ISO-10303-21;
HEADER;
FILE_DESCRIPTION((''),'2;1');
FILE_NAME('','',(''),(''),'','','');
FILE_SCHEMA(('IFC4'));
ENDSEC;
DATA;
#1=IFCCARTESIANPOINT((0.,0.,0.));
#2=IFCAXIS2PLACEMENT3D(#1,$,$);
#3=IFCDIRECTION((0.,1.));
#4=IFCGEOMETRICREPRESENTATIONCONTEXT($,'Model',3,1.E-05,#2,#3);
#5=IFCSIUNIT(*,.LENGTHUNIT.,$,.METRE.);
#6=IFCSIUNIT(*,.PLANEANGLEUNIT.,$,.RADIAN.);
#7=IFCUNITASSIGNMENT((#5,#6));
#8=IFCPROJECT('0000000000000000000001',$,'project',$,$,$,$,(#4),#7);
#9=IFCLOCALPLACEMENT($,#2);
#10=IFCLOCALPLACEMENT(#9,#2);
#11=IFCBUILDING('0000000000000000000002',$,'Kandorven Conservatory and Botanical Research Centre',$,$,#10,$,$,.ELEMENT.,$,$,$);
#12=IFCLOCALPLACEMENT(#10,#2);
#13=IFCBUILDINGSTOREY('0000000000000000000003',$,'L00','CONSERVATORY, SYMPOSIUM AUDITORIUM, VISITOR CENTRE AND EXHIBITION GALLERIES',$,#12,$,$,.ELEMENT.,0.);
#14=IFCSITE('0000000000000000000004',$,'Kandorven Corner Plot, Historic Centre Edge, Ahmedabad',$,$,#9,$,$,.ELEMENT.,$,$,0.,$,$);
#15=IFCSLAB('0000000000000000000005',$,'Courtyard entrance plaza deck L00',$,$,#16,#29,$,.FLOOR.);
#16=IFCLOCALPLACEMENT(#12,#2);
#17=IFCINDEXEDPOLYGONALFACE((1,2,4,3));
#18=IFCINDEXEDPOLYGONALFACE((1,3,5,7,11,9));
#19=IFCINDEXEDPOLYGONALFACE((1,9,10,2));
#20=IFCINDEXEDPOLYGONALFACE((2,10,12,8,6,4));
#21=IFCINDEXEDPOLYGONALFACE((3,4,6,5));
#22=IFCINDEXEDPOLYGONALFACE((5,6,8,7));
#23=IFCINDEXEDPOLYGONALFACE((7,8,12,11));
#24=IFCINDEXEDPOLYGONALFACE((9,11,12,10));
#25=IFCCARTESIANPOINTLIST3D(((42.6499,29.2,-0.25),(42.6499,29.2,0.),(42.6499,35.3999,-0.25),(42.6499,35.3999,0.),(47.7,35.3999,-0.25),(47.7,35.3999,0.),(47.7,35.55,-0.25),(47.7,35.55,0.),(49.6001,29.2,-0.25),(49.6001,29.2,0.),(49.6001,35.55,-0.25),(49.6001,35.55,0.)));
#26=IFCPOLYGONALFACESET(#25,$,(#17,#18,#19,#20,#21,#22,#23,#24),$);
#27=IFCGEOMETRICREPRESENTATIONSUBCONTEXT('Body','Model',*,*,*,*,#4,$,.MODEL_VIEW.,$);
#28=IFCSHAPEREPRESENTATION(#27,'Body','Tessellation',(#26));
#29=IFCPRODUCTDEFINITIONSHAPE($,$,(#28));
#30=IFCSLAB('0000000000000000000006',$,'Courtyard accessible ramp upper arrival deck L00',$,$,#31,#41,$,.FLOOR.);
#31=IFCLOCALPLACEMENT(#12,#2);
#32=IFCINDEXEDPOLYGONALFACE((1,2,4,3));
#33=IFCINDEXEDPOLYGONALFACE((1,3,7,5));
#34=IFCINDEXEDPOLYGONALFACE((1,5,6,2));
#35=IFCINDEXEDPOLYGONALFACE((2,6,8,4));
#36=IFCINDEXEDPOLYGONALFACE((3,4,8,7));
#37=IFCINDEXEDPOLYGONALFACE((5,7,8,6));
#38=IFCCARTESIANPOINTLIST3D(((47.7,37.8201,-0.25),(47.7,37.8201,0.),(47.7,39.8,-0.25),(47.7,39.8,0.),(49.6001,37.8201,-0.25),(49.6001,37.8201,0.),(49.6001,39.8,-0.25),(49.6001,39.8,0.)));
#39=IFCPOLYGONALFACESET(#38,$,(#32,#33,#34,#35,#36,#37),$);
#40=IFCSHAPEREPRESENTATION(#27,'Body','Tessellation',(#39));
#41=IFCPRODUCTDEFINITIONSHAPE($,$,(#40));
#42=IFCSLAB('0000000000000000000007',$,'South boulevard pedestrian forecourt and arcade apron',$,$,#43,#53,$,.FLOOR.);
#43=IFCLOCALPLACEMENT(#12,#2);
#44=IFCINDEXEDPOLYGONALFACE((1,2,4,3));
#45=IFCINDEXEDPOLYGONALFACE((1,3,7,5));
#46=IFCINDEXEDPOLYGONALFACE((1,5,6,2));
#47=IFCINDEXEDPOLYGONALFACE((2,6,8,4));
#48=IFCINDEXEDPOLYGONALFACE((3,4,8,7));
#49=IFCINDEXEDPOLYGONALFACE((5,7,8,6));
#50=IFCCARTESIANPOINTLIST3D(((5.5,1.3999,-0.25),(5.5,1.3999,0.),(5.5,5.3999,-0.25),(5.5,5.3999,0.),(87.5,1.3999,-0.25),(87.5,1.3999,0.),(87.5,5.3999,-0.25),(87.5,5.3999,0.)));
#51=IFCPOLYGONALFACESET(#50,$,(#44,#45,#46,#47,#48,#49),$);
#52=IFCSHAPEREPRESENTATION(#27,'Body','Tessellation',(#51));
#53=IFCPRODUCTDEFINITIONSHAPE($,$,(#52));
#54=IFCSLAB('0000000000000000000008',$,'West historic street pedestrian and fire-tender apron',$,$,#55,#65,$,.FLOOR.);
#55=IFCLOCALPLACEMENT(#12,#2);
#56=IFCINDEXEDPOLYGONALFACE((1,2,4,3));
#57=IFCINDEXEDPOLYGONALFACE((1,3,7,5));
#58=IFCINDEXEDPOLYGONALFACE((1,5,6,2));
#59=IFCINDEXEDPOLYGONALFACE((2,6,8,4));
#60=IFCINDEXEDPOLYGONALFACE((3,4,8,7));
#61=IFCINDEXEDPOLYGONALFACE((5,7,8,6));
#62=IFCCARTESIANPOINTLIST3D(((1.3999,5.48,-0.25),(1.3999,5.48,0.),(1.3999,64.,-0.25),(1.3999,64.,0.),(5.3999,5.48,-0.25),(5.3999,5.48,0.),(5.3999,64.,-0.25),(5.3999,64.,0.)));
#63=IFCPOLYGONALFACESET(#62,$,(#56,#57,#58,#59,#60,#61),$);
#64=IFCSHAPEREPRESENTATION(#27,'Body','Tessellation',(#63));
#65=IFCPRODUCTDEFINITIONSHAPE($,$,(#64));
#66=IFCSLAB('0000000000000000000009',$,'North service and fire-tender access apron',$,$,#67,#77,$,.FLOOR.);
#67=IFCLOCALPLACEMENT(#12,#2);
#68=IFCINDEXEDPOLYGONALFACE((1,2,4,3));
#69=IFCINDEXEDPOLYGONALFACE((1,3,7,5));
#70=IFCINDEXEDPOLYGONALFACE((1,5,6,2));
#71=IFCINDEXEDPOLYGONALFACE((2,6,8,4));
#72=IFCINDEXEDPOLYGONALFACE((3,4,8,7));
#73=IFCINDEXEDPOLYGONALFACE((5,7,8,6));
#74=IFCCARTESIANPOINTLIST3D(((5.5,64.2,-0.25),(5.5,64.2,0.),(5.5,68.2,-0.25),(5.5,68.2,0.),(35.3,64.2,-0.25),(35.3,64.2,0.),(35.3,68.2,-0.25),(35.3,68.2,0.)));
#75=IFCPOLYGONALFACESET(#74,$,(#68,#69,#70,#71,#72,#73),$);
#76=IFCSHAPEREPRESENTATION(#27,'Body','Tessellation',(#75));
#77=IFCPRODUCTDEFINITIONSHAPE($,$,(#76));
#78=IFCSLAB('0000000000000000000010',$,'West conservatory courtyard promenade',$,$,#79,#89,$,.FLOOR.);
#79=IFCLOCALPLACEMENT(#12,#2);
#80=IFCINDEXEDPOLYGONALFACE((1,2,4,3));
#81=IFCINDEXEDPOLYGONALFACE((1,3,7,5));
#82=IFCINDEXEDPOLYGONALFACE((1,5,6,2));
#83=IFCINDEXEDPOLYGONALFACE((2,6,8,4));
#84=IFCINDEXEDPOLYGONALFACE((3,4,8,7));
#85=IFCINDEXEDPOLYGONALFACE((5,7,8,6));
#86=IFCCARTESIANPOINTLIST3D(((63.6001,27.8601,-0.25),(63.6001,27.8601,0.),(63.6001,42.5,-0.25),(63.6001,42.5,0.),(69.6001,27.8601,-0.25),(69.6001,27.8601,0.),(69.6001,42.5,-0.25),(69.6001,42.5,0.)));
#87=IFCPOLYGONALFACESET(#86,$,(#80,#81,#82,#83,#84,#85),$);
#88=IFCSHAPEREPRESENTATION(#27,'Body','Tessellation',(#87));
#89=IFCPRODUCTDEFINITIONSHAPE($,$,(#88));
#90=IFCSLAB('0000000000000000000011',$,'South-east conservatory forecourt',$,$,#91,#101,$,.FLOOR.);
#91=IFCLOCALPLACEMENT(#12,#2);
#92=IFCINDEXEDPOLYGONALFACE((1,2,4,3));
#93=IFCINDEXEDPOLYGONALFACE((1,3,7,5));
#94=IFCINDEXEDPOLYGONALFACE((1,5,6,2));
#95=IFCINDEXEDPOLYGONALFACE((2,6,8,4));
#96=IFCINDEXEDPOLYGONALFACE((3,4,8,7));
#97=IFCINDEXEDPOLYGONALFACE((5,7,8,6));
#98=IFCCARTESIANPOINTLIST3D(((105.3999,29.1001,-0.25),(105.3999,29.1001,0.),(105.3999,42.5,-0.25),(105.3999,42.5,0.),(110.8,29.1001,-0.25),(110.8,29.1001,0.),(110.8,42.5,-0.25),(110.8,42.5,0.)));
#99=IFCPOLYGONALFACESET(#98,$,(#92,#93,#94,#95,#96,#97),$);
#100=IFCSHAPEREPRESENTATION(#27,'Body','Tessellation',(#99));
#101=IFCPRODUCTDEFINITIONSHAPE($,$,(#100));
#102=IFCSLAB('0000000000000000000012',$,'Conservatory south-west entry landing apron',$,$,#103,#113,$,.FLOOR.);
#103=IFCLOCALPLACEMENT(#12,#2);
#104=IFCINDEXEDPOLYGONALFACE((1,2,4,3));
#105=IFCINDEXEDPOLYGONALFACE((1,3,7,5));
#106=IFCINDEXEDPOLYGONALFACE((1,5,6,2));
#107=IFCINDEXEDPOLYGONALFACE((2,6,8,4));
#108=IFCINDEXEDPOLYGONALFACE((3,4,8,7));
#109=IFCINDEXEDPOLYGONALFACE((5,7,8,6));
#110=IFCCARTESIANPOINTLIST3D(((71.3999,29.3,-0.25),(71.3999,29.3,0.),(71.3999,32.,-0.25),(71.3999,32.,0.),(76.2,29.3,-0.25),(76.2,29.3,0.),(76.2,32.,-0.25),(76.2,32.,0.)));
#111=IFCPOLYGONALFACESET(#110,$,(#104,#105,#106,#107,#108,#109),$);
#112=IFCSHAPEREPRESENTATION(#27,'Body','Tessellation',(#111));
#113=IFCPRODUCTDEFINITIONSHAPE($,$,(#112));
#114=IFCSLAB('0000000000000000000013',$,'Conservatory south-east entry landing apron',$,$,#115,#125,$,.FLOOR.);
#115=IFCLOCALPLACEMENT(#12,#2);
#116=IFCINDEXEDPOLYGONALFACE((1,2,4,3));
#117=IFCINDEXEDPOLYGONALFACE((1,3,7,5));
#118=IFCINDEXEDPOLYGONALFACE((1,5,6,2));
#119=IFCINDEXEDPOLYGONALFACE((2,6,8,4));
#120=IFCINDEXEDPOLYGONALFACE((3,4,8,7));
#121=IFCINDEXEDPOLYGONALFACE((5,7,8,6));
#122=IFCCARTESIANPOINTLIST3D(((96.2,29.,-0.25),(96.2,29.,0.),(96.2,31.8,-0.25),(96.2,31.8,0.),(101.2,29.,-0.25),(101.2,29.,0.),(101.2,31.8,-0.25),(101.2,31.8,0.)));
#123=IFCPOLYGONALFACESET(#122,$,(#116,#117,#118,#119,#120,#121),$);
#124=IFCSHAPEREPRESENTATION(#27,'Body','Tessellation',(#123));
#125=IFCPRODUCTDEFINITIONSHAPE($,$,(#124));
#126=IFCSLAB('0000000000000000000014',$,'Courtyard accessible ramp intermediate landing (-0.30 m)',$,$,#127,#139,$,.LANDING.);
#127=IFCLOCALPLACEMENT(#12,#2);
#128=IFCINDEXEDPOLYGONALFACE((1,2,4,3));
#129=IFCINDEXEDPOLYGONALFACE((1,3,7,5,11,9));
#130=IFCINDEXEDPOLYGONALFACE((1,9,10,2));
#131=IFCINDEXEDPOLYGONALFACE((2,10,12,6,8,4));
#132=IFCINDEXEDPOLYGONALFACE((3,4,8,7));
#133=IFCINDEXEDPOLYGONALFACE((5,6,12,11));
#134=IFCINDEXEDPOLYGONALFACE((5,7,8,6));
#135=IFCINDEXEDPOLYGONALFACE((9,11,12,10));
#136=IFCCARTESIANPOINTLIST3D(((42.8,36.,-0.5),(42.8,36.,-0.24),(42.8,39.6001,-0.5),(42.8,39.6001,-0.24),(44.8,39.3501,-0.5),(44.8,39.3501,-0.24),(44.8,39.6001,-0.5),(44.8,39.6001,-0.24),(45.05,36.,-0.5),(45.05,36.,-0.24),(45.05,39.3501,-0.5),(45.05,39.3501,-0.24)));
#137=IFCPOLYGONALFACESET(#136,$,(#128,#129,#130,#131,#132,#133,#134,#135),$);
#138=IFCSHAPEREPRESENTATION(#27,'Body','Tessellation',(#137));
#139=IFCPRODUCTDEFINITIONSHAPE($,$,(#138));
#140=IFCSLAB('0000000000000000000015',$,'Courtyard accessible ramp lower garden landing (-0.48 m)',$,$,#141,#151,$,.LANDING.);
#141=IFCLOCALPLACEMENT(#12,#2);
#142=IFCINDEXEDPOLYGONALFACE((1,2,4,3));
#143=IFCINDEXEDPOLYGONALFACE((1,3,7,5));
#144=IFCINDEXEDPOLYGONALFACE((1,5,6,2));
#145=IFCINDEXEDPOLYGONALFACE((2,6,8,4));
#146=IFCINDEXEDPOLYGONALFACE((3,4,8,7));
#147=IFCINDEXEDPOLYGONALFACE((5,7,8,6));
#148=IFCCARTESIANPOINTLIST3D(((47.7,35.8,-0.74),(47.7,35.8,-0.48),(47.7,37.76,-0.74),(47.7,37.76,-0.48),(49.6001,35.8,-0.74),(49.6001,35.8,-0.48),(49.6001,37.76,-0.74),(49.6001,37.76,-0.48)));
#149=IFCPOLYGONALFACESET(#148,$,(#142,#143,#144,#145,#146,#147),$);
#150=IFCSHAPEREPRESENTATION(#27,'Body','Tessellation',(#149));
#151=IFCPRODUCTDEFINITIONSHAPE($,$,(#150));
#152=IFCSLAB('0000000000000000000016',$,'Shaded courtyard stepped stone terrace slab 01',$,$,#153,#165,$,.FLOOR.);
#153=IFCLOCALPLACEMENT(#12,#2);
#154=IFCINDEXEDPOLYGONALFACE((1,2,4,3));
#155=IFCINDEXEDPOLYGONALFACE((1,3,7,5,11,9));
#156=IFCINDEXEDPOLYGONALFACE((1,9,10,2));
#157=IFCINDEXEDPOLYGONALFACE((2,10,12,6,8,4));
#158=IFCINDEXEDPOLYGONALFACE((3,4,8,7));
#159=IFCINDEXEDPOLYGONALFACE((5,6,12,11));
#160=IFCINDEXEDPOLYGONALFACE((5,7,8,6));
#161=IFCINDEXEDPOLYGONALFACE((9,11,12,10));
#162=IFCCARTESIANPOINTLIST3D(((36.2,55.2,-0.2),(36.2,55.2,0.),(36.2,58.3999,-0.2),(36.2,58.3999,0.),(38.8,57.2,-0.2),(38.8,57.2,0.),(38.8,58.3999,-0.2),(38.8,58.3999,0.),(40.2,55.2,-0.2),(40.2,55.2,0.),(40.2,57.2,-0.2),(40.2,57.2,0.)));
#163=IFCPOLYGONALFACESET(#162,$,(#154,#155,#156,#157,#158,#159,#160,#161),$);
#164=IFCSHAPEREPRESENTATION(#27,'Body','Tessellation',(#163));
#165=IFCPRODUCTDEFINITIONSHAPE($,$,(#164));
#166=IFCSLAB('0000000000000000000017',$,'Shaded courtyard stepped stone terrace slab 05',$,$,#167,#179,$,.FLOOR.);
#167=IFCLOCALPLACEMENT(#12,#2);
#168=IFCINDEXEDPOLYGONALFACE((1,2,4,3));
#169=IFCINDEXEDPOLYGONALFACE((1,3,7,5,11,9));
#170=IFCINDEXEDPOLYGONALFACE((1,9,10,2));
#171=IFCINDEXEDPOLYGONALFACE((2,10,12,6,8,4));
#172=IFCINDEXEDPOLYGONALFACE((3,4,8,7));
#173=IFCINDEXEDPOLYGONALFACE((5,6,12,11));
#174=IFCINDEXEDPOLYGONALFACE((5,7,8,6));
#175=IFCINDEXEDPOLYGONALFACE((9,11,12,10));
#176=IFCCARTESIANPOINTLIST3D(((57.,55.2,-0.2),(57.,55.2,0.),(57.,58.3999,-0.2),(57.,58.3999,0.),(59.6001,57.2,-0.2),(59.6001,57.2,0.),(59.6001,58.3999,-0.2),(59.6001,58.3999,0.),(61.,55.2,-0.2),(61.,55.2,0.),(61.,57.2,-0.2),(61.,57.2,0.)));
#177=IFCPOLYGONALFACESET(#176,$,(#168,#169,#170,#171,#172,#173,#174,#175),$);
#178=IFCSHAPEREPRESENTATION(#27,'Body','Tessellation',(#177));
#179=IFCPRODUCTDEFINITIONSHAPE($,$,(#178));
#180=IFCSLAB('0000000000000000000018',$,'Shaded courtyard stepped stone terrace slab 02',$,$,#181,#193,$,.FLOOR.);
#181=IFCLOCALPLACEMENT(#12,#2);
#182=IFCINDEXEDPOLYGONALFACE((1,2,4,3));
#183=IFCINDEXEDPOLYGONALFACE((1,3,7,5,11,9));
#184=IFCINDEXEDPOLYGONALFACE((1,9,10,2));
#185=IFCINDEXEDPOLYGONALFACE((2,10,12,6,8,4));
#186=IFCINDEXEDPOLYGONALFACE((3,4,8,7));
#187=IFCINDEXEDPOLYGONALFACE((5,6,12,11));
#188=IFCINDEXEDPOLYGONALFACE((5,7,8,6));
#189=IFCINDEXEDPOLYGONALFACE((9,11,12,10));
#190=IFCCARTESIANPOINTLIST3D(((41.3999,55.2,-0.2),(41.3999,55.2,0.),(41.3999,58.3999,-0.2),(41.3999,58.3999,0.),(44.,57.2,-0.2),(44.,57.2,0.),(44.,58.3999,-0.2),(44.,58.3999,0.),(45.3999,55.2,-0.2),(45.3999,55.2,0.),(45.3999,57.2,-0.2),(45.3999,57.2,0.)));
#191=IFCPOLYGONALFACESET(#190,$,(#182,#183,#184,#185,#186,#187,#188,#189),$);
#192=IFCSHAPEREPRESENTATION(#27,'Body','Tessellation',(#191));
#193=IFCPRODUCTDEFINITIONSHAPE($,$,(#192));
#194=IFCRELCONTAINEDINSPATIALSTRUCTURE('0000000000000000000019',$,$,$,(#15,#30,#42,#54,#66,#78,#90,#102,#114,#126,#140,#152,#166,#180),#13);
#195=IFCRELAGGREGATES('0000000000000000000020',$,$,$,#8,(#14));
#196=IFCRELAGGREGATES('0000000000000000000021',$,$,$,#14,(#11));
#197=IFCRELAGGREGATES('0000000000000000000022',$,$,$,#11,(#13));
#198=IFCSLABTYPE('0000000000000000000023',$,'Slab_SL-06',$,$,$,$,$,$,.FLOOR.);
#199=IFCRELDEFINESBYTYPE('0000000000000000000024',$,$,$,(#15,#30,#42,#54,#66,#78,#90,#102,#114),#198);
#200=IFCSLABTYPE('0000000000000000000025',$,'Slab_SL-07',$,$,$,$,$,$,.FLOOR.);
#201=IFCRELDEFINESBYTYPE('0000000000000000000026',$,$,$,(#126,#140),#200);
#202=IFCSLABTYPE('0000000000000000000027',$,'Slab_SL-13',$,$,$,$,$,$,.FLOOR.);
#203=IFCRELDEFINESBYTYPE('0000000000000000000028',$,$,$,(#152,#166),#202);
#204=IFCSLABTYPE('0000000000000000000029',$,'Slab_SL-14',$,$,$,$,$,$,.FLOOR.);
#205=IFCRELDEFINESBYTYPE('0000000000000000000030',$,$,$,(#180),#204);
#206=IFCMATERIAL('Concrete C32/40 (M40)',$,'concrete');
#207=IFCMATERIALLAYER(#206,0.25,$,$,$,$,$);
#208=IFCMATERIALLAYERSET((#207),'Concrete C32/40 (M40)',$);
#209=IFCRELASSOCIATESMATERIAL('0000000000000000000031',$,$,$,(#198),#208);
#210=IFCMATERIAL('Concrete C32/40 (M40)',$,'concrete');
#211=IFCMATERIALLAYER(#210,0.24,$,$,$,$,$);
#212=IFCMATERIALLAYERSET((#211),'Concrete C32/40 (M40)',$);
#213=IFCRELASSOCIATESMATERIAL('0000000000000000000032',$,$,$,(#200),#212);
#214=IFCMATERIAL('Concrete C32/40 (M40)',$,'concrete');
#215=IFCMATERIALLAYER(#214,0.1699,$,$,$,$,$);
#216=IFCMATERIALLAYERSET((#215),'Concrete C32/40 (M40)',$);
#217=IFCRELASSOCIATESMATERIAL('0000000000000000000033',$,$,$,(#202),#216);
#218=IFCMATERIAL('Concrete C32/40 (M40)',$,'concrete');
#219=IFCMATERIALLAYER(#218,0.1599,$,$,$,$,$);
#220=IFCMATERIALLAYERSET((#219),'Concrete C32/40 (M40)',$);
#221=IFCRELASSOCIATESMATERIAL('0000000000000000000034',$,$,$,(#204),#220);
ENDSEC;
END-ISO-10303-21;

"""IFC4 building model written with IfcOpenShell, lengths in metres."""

from ifc_helpers import new_model, si_unit, direction, frame, origin, place, context, subcontext, project, spatial, polyline, outline, extrude, material, layer, layer_set, type_object, element, save


model = new_model("IFC4")

# Units and contexts
model_context = context("Model", 3, precision=1e-05, world=origin(), true_north=direction((0.0, 1.0)))
body_context = subcontext(model_context, "Body", "Model", "MODEL_VIEW")
ifc_project = project(units=[si_unit("LENGTHUNIT", "METRE"), si_unit("PLANEANGLEUNIT", "RADIAN")], contexts=[model_context])

# Site, building, storey
site_placement = place(None, origin())
site = spatial("IfcSite", under=ifc_project, at=site_placement, Name="Kandorven Corner Plot, Historic Centre Edge, Ahmedabad", CompositionType="ELEMENT", RefElevation=0.0)
building_placement = place(site_placement, origin())
building = spatial("IfcBuilding", under=site, at=building_placement, Name="Kandorven Conservatory and Botanical Research Centre", CompositionType="ELEMENT")
storey_placement = place(building_placement, origin())
storey = spatial("IfcBuildingStorey", under=building, at=storey_placement, Name="L00", Description="CONSERVATORY, SYMPOSIUM AUDITORIUM, VISITOR CENTRE AND EXHIBITION GALLERIES", CompositionType="ELEMENT", Elevation=0.0)

# Slabs
ifc_material_1 = material(Name="Concrete C32/40 (M40)", Category="concrete")
ifc_layer_1 = layer(ifc_material_1, 0.25)
ifc_layer_set_1 = layer_set([ifc_layer_1], Name="Concrete C32/40 (M40)")
slab_type_1 = type_object("IfcSlabType", Name="Slab_SL-06", PredefinedType="FLOOR", material=ifc_layer_set_1)
slab_1_placement = place(storey_placement, frame((0.0, 0.0, -0.25)))
element("IfcSlab", 1, at=slab_1_placement, inside=storey, type_object=slab_type_1, Name="Courtyard entrance plaza deck L00", PredefinedType="FLOOR", context=body_context, shape_type="SweptSolid", body=[
    extrude(outline(polyline([(42.6499, 29.2), (49.6001, 29.2), (49.6001, 35.55), (47.7, 35.55), (47.7, 35.3999), (42.6499, 35.3999), (42.6499, 29.2)])), origin(), (0.0, 0.0, 1.0), 0.25),
])
slab_2_placement = place(storey_placement, frame((0.0, 0.0, -0.25)))
element("IfcSlab", 2, at=slab_2_placement, inside=storey, type_object=slab_type_1, Name="Courtyard accessible ramp upper arrival deck L00", PredefinedType="FLOOR", context=body_context, shape_type="SweptSolid", body=[
    extrude(outline(polyline([(47.7, 37.8201), (49.6001, 37.8201), (49.6001, 39.8), (47.7, 39.8), (47.7, 37.8201)])), origin(), (0.0, 0.0, 1.0), 0.25),
])
slab_3_placement = place(storey_placement, frame((0.0, 0.0, -0.25)))
element("IfcSlab", 3, at=slab_3_placement, inside=storey, type_object=slab_type_1, Name="South boulevard pedestrian forecourt and arcade apron", PredefinedType="FLOOR", context=body_context, shape_type="SweptSolid", body=[
    extrude(outline(polyline([(5.5, 1.3999), (87.5, 1.3999), (87.5, 5.3999), (5.5, 5.3999), (5.5, 1.3999)])), origin(), (0.0, 0.0, 1.0), 0.25),
])
slab_4_placement = place(storey_placement, frame((0.0, 0.0, -0.25)))
element("IfcSlab", 4, at=slab_4_placement, inside=storey, type_object=slab_type_1, Name="West historic street pedestrian and fire-tender apron", PredefinedType="FLOOR", context=body_context, shape_type="SweptSolid", body=[
    extrude(outline(polyline([(1.3999, 5.48), (5.3999, 5.48), (5.3999, 64.0), (1.3999, 64.0), (1.3999, 5.48)])), origin(), (0.0, 0.0, 1.0), 0.25),
])
slab_5_placement = place(storey_placement, frame((0.0, 0.0, -0.25)))
element("IfcSlab", 5, at=slab_5_placement, inside=storey, type_object=slab_type_1, Name="North service and fire-tender access apron", PredefinedType="FLOOR", context=body_context, shape_type="SweptSolid", body=[
    extrude(outline(polyline([(5.5, 64.2), (35.3, 64.2), (35.3, 68.2), (5.5, 68.2), (5.5, 64.2)])), origin(), (0.0, 0.0, 1.0), 0.25),
])
slab_6_placement = place(storey_placement, frame((0.0, 0.0, -0.25)))
element("IfcSlab", 6, at=slab_6_placement, inside=storey, type_object=slab_type_1, Name="West conservatory courtyard promenade", PredefinedType="FLOOR", context=body_context, shape_type="SweptSolid", body=[
    extrude(outline(polyline([(63.6001, 27.8601), (69.6001, 27.8601), (69.6001, 42.5), (63.6001, 42.5), (63.6001, 27.8601)])), origin(), (0.0, 0.0, 1.0), 0.25),
])
slab_7_placement = place(storey_placement, frame((0.0, 0.0, -0.25)))
element("IfcSlab", 7, at=slab_7_placement, inside=storey, type_object=slab_type_1, Name="South-east conservatory forecourt", PredefinedType="FLOOR", context=body_context, shape_type="SweptSolid", body=[
    extrude(outline(polyline([(105.3999, 29.1001), (110.8, 29.1001), (110.8, 42.5), (105.3999, 42.5), (105.3999, 29.1001)])), origin(), (0.0, 0.0, 1.0), 0.25),
])
slab_8_placement = place(storey_placement, frame((0.0, 0.0, -0.25)))
element("IfcSlab", 8, at=slab_8_placement, inside=storey, type_object=slab_type_1, Name="Conservatory south-west entry landing apron", PredefinedType="FLOOR", context=body_context, shape_type="SweptSolid", body=[
    extrude(outline(polyline([(71.3999, 29.3), (76.2, 29.3), (76.2, 32.0), (71.3999, 32.0), (71.3999, 29.3)])), origin(), (0.0, 0.0, 1.0), 0.25),
])
slab_9_placement = place(storey_placement, frame((0.0, 0.0, -0.25)))
element("IfcSlab", 9, at=slab_9_placement, inside=storey, type_object=slab_type_1, Name="Conservatory south-east entry landing apron", PredefinedType="FLOOR", context=body_context, shape_type="SweptSolid", body=[
    extrude(outline(polyline([(96.2, 29.0), (101.2, 29.0), (101.2, 31.8), (96.2, 31.8), (96.2, 29.0)])), origin(), (0.0, 0.0, 1.0), 0.25),
])
ifc_material_2 = material(Name="Concrete C32/40 (M40)", Category="concrete")
ifc_layer_2 = layer(ifc_material_2, 0.24)
ifc_layer_set_2 = layer_set([ifc_layer_2], Name="Concrete C32/40 (M40)")
slab_type_2 = type_object("IfcSlabType", Name="Slab_SL-07", PredefinedType="FLOOR", material=ifc_layer_set_2)
slab_10_placement = place(storey_placement, frame((0.0, 0.0, -0.5)))
element("IfcSlab", 10, at=slab_10_placement, inside=storey, type_object=slab_type_2, Name="Courtyard accessible ramp intermediate landing (-0.30 m)", PredefinedType="LANDING", context=body_context, shape_type="SweptSolid", body=[
    extrude(outline(polyline([(42.8, 36.0), (45.05, 36.0), (45.05, 39.3501), (44.8, 39.3501), (44.8, 39.6001), (42.8, 39.6001), (42.8, 36.0)])), origin(), (0.0, 0.0, 1.0), 0.26),
])
slab_11_placement = place(storey_placement, frame((0.0, 0.0, -0.74)))
element("IfcSlab", 11, at=slab_11_placement, inside=storey, type_object=slab_type_2, Name="Courtyard accessible ramp lower garden landing (-0.48 m)", PredefinedType="LANDING", context=body_context, shape_type="SweptSolid", body=[
    extrude(outline(polyline([(47.7, 35.8), (49.6001, 35.8), (49.6001, 37.76), (47.7, 37.76), (47.7, 35.8)])), origin(), (0.0, 0.0, 1.0), 0.26),
])
ifc_material_3 = material(Name="Concrete C32/40 (M40)", Category="concrete")
ifc_layer_3 = layer(ifc_material_3, 0.1699)
ifc_layer_set_3 = layer_set([ifc_layer_3], Name="Concrete C32/40 (M40)")
slab_type_3 = type_object("IfcSlabType", Name="Slab_SL-13", PredefinedType="FLOOR", material=ifc_layer_set_3)
slab_12_placement = place(storey_placement, frame((0.0, 0.0, -0.2)))
element("IfcSlab", 12, at=slab_12_placement, inside=storey, type_object=slab_type_3, Name="Shaded courtyard stepped stone terrace slab 01", PredefinedType="FLOOR", context=body_context, shape_type="SweptSolid", body=[
    extrude(outline(polyline([(36.2, 55.2), (40.2, 55.2), (40.2, 57.2), (38.8, 57.2), (38.8, 58.3999), (36.2, 58.3999), (36.2, 55.2)])), origin(), (0.0, 0.0, 1.0), 0.2),
])
slab_13_placement = place(storey_placement, frame((0.0, 0.0, -0.2)))
element("IfcSlab", 13, at=slab_13_placement, inside=storey, type_object=slab_type_3, Name="Shaded courtyard stepped stone terrace slab 05", PredefinedType="FLOOR", context=body_context, shape_type="SweptSolid", body=[
    extrude(outline(polyline([(57.0, 55.2), (61.0, 55.2), (61.0, 57.2), (59.6001, 57.2), (59.6001, 58.3999), (57.0, 58.3999), (57.0, 55.2)])), origin(), (0.0, 0.0, 1.0), 0.2),
])
ifc_material_4 = material(Name="Concrete C32/40 (M40)", Category="concrete")
ifc_layer_4 = layer(ifc_material_4, 0.1599)
ifc_layer_set_4 = layer_set([ifc_layer_4], Name="Concrete C32/40 (M40)")
slab_type_4 = type_object("IfcSlabType", Name="Slab_SL-14", PredefinedType="FLOOR", material=ifc_layer_set_4)
slab_14_placement = place(storey_placement, frame((0.0, 0.0, -0.2)))
element("IfcSlab", 14, at=slab_14_placement, inside=storey, type_object=slab_type_4, Name="Shaded courtyard stepped stone terrace slab 02", PredefinedType="FLOOR", context=body_context, shape_type="SweptSolid", body=[
    extrude(outline(polyline([(41.3999, 55.2), (45.3999, 55.2), (45.3999, 57.2), (44.0, 57.2), (44.0, 58.3999), (41.3999, 58.3999), (41.3999, 55.2)])), origin(), (0.0, 0.0, 1.0), 0.2),
])

save(model, "model.ifc")
